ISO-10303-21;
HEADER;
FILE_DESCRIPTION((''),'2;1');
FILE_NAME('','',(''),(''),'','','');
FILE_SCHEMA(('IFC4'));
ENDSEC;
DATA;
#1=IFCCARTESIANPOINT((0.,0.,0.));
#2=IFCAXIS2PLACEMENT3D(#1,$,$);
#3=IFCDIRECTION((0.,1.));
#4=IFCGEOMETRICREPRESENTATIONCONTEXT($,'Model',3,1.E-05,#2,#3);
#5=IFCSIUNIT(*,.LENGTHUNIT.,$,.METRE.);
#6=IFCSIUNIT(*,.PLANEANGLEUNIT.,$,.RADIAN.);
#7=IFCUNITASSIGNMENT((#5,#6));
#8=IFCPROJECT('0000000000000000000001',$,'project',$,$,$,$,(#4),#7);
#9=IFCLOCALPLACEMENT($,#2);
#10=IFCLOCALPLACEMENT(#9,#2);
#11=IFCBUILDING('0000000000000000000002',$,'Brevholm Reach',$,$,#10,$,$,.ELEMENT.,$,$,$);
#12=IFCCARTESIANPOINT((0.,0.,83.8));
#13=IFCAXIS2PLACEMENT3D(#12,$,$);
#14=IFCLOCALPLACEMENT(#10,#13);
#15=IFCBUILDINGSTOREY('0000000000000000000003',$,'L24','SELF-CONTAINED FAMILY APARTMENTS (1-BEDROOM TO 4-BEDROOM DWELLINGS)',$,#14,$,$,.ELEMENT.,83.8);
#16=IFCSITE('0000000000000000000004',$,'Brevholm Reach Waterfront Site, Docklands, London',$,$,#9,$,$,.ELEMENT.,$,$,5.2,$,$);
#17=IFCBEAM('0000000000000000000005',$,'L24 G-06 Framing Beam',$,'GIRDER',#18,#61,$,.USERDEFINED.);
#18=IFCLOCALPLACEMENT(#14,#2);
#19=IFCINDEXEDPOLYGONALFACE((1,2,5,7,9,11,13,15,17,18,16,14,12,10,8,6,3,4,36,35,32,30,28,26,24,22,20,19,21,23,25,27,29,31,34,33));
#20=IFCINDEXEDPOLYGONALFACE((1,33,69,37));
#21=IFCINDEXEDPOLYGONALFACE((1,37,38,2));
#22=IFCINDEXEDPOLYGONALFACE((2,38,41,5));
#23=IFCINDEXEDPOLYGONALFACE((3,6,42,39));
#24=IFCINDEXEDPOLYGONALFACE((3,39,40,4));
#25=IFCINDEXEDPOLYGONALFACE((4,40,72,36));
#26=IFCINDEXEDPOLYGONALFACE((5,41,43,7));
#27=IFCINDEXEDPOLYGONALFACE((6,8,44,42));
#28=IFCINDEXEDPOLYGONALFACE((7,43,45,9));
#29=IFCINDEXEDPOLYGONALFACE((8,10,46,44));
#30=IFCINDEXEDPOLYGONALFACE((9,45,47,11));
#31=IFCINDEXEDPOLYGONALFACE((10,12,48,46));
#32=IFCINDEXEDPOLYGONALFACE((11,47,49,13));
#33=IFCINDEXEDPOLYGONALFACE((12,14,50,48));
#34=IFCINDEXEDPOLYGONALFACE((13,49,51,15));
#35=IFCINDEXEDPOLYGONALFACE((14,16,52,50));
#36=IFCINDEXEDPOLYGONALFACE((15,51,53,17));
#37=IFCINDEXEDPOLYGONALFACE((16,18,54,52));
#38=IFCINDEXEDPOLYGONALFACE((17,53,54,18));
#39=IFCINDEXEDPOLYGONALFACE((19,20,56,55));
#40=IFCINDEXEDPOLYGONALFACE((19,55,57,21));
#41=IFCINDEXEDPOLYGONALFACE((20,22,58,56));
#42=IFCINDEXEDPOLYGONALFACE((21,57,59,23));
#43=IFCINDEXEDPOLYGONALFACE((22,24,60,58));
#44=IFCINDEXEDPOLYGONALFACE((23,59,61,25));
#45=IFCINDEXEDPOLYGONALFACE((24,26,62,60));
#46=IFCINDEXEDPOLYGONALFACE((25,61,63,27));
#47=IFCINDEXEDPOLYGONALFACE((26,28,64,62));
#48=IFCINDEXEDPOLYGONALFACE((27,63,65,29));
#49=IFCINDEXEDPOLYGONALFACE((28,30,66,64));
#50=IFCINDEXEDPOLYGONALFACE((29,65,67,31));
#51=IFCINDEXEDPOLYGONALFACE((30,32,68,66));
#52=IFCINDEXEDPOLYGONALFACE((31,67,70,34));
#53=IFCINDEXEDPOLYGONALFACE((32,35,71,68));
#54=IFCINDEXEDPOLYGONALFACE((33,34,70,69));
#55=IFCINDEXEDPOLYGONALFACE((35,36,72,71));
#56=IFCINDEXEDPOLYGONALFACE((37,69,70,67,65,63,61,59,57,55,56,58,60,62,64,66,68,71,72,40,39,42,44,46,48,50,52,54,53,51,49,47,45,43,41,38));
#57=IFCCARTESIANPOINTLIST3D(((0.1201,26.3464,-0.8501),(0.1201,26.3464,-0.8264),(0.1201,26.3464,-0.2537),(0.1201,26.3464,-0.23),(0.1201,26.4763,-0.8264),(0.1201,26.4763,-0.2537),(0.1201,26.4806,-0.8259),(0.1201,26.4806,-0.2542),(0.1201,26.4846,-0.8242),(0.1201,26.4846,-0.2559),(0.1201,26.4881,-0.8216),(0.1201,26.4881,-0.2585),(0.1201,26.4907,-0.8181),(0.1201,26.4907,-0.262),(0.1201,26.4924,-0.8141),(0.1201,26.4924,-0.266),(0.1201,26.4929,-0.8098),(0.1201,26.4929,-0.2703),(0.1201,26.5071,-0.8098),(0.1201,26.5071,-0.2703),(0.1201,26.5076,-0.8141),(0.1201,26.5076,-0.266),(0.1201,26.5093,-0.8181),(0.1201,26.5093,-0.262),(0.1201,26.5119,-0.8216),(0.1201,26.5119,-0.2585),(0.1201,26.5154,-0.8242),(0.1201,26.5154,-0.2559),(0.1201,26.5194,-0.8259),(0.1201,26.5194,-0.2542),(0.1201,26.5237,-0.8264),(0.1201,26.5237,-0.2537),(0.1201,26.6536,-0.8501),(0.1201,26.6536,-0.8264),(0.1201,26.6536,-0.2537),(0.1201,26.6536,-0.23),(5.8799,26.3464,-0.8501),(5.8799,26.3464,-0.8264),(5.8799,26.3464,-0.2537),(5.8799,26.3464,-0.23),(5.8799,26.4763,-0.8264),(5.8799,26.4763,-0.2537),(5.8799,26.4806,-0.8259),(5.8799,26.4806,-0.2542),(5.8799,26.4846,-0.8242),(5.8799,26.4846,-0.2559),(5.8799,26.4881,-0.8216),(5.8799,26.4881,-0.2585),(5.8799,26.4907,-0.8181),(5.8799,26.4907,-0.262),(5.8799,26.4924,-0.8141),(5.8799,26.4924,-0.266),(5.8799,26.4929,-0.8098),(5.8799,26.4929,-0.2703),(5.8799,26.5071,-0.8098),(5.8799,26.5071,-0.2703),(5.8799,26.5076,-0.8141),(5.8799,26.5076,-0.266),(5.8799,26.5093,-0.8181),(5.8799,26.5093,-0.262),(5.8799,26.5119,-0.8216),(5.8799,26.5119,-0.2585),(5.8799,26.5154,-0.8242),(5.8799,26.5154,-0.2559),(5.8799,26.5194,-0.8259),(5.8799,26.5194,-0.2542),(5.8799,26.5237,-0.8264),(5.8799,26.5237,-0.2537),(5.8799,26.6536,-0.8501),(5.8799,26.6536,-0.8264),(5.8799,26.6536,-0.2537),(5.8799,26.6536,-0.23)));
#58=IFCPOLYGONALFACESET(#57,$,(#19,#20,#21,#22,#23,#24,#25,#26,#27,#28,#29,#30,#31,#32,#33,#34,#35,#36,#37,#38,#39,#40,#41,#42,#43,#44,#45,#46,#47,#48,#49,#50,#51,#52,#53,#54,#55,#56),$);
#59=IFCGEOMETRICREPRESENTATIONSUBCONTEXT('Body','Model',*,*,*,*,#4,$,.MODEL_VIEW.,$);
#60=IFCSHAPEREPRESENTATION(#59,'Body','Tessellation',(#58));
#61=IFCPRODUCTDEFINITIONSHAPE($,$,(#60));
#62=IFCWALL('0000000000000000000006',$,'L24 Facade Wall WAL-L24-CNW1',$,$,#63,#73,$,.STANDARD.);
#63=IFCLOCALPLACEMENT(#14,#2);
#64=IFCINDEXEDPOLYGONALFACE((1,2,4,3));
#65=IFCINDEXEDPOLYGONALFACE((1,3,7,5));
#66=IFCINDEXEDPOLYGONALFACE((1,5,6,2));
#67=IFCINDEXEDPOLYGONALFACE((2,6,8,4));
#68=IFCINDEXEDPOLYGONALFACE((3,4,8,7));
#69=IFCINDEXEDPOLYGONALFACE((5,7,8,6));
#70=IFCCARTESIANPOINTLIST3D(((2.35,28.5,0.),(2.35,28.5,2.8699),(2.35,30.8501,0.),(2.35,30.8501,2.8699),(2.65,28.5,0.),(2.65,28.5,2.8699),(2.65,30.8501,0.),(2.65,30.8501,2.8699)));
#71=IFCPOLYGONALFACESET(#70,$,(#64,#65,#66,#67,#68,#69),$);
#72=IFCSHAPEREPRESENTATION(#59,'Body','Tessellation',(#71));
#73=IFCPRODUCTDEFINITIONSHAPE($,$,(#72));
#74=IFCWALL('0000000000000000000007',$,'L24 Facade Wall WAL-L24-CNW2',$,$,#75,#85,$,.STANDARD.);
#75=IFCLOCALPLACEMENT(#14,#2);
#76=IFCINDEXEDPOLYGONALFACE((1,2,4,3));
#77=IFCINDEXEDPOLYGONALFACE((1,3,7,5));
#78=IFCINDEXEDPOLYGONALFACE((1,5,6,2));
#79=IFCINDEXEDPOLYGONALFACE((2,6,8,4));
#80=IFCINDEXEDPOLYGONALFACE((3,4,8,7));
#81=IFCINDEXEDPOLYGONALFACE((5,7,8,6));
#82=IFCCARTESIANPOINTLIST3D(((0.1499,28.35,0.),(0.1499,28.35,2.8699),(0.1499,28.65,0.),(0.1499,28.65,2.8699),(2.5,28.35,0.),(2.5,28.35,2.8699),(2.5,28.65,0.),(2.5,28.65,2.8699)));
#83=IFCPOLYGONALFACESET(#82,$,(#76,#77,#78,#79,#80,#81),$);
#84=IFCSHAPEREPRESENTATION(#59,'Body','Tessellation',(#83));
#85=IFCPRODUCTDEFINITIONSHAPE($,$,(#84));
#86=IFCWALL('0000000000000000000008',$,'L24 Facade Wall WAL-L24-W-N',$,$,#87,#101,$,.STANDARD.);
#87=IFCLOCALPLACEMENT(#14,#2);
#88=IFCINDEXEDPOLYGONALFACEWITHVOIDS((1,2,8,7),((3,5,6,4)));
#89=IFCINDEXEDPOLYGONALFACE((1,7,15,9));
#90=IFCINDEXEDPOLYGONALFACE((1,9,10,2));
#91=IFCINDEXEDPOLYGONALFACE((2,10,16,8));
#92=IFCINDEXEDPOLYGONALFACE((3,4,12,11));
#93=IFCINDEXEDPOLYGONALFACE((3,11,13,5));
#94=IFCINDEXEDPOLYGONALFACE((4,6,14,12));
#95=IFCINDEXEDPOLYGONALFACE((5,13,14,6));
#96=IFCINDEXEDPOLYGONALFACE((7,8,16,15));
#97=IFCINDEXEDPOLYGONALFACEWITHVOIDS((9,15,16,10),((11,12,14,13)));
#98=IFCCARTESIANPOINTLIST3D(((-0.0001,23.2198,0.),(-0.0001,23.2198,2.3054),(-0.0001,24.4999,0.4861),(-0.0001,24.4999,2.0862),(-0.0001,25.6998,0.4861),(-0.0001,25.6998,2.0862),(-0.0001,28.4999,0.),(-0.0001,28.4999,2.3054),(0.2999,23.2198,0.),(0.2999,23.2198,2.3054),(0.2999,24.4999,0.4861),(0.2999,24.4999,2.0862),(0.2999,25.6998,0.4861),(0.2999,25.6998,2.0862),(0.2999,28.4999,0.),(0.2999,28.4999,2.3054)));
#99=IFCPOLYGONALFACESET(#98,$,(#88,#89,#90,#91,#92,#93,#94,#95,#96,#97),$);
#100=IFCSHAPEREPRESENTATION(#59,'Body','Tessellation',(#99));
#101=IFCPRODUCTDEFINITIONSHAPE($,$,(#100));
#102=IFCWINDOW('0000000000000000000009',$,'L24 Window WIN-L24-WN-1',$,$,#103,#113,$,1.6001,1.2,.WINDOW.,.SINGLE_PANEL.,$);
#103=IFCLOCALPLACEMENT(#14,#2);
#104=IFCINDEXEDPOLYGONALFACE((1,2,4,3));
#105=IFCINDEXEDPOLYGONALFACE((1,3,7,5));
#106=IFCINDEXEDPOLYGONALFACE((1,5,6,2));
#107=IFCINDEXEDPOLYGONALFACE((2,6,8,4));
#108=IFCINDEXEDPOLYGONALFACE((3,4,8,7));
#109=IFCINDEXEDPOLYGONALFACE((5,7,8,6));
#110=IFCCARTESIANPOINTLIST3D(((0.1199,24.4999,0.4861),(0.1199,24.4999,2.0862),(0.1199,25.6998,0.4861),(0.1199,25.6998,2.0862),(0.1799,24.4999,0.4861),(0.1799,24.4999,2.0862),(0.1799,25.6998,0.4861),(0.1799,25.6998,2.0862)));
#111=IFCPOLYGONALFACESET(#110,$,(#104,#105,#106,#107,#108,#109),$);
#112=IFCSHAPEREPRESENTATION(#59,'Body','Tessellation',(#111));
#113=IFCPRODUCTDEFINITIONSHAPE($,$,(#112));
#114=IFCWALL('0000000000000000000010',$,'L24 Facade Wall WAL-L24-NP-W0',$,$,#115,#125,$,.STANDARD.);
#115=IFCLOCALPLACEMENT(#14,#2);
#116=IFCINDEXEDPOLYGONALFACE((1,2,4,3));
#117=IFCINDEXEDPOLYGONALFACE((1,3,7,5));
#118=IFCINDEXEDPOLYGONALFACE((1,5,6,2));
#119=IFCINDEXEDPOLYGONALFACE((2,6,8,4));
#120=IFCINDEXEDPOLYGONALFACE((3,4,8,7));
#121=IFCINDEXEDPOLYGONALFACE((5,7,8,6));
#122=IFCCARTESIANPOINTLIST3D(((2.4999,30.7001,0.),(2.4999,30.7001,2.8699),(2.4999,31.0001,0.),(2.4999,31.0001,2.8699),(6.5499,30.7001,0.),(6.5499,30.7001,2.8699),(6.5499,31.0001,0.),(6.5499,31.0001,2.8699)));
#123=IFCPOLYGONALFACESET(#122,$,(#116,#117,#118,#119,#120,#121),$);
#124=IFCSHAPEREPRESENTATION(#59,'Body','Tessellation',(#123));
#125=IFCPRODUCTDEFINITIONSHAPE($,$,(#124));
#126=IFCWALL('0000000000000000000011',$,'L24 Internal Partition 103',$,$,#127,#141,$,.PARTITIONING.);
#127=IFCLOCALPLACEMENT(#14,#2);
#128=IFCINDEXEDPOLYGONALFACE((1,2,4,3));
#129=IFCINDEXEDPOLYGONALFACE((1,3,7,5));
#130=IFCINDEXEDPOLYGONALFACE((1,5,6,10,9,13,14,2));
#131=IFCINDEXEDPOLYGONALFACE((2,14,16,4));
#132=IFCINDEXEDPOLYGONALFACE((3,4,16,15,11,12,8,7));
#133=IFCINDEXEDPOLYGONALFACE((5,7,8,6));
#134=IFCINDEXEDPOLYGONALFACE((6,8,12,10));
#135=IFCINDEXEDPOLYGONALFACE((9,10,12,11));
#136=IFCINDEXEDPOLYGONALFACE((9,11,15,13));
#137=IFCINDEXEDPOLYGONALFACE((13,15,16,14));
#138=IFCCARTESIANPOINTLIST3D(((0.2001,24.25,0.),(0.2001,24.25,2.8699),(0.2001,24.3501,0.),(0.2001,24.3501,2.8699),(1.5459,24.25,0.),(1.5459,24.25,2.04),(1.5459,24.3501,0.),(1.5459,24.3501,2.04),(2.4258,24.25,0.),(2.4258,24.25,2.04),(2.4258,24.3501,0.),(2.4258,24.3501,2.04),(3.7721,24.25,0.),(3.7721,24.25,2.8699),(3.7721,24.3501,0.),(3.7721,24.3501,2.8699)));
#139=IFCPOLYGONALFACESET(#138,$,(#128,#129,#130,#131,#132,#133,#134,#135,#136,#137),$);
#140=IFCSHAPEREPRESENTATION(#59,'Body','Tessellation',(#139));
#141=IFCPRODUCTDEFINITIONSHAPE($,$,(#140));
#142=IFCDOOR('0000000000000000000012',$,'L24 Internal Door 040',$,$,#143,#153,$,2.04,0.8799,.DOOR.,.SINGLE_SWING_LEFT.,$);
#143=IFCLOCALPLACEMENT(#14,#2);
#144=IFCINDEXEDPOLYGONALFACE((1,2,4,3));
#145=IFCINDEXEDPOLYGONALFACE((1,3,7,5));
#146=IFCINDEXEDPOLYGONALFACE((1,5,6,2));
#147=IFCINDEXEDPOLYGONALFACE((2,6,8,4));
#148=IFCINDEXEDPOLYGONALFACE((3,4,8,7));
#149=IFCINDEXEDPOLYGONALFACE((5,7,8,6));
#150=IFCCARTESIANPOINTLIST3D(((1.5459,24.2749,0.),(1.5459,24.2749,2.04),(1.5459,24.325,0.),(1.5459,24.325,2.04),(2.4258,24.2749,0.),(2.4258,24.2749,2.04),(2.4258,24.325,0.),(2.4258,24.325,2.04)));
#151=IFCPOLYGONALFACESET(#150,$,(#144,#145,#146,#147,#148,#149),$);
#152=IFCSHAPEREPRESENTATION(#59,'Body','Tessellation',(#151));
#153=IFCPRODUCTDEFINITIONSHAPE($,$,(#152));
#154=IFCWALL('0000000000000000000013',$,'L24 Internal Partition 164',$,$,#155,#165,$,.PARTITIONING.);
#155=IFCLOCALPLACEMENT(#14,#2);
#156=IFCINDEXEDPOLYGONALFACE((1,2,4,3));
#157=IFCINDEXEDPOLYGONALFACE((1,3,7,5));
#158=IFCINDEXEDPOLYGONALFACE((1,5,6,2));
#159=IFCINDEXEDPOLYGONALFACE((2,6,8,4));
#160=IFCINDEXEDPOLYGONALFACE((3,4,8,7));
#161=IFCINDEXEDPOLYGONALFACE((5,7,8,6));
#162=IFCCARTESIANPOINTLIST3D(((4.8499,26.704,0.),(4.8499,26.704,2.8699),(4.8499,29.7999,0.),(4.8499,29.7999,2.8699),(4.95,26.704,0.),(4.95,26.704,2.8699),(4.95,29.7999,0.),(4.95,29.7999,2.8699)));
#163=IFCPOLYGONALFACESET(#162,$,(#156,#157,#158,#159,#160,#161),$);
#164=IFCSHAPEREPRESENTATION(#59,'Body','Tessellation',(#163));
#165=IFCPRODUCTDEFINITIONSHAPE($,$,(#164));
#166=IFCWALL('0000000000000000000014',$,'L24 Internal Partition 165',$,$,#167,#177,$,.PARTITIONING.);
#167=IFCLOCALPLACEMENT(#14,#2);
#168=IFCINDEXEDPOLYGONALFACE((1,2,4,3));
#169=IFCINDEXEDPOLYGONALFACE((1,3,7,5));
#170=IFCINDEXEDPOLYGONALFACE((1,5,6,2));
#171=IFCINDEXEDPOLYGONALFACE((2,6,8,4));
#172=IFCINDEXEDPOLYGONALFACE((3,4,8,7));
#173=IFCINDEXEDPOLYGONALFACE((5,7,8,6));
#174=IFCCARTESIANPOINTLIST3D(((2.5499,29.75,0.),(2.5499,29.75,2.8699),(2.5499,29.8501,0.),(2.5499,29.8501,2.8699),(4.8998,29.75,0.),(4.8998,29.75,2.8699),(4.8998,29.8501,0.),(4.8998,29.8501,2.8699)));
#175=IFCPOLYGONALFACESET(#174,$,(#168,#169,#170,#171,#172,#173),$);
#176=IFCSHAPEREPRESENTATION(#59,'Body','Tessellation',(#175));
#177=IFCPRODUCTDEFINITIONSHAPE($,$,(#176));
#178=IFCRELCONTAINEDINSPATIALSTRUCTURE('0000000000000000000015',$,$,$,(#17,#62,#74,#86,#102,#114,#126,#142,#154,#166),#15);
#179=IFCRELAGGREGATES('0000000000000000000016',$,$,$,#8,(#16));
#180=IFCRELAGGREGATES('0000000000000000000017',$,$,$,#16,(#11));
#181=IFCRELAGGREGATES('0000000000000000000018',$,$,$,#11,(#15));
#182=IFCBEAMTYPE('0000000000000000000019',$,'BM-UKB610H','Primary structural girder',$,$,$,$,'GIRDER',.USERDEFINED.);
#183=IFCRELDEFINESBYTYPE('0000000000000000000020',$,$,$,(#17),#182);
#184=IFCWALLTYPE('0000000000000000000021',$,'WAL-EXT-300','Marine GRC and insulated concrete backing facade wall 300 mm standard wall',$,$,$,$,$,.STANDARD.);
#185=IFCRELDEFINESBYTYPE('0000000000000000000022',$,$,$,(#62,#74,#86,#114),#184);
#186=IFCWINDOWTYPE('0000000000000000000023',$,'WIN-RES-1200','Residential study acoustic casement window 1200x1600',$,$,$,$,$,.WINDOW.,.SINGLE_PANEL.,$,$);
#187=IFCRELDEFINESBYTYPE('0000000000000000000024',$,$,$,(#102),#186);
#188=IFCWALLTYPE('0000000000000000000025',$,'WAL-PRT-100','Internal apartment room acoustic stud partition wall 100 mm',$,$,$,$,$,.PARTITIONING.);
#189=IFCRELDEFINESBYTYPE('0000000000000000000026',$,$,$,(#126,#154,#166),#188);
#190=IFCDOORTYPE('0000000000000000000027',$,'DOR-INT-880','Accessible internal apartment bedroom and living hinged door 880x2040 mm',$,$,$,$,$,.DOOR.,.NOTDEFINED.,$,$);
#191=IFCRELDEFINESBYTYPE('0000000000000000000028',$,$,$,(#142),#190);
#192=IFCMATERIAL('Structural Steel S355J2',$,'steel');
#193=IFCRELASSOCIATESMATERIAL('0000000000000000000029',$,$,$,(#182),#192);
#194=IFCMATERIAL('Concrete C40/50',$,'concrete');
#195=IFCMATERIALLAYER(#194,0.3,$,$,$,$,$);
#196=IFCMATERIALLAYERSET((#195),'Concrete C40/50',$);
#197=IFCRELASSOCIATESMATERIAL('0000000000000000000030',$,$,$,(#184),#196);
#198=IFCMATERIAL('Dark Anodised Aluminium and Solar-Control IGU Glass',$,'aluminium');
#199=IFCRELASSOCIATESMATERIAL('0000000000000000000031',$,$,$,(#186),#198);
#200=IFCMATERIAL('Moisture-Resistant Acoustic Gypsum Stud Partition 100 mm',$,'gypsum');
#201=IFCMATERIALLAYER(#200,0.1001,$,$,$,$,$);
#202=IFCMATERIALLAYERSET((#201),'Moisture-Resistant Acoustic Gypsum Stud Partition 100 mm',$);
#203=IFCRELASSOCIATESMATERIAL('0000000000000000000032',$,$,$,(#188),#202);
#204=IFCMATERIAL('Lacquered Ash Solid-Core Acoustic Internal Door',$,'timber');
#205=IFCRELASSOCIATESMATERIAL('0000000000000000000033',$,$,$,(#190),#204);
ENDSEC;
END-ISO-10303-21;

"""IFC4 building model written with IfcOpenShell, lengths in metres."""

from ifc_helpers import new_model, si_unit, direction, frame, frame_2d, origin, origin_2d, place, context, subcontext, project, spatial, rectangle, i_section, extrude, material, layer, layer_set, material_profile, profile_set, type_object, element, fill, save


model = new_model("IFC4")

# Units and contexts
model_context = context("Model", 3, precision=1e-05, world=origin(), true_north=direction((0.0, 1.0)))
body_context = subcontext(model_context, "Body", "Model", "MODEL_VIEW")
ifc_project = project(units=[si_unit("LENGTHUNIT", "METRE"), si_unit("PLANEANGLEUNIT", "RADIAN")], contexts=[model_context])

# Site, building, storey
site_placement = place(None, origin())
site = spatial("IfcSite", under=ifc_project, at=site_placement, Name="Brevholm Reach Waterfront Site, Docklands, London", CompositionType="ELEMENT", RefElevation=5.2)
building_placement = place(site_placement, origin())
building = spatial("IfcBuilding", under=site, at=building_placement, Name="Brevholm Reach", CompositionType="ELEMENT")
storey_placement = place(building_placement, frame((0.0, 0.0, 83.8)))
storey = spatial("IfcBuildingStorey", under=building, at=storey_placement, Name="L24", Description="SELF-CONTAINED FAMILY APARTMENTS (1-BEDROOM TO 4-BEDROOM DWELLINGS)", CompositionType="ELEMENT", Elevation=83.8)

# Beam
ifc_material_1 = material(Name="Structural Steel S355J2", Category="steel")
ifc_material_profile_1 = material_profile(ifc_material_1, i_section(OverallWidth=0.3071, OverallDepth=0.6201, WebThickness=0.0142, FlangeThickness=0.0237, FilletRadius=0.0166, at=origin_2d()), Name="UKB 610x305x179")
ifc_profile_set_1 = profile_set([ifc_material_profile_1], Name="Structural Steel S355J2")
beam_type_1 = type_object("IfcBeamType", Name="BM-UKB610H", Description="Primary structural girder", ElementType="GIRDER", PredefinedType="USERDEFINED", material=ifc_profile_set_1)
beam_1_placement = place(storey_placement, frame((0.1201, 26.5, -0.54), z_axis=(1.0, 0.0, 0.0), x_axis=(0.0, 1.0, 0.0)))
element("IfcBeam", 1, at=beam_1_placement, inside=storey, type_object=beam_type_1, Name="L24 G-06 Framing Beam", ObjectType="GIRDER", PredefinedType="USERDEFINED", context=body_context, shape_type="SweptSolid", body=[
    extrude(i_section(OverallWidth=0.3071, OverallDepth=0.6201, WebThickness=0.0142, FlangeThickness=0.0237, FilletRadius=0.0166, at=origin_2d()), origin(), (0.0, 0.0, 1.0), 5.7598),
])

# Walls
ifc_material_2 = material(Name="Concrete C40/50", Category="concrete")
ifc_layer_1 = layer(ifc_material_2, 0.3)
ifc_layer_set_1 = layer_set([ifc_layer_1], Name="Concrete C40/50")
wall_type_1 = type_object("IfcWallType", Name="WAL-EXT-300", Description="Marine GRC and insulated concrete backing facade wall 300 mm standard wall", PredefinedType="STANDARD", material=ifc_layer_set_1)
for number, where, z_axis, x_axis, name in (
    (2, (2.5, 30.8501, 0.0), (0.0, 0.0, 1.0), (0.0, -1.0, 0.0), "L24 Facade Wall WAL-L24-CNW1"),
    (3, (2.5, 28.5, 0.0), (0.0, 0.0, 1.0), (-1.0, 0.0, 0.0), "L24 Facade Wall WAL-L24-CNW2"),
):
    element("IfcWall", number, at=place(storey_placement, frame(where, z_axis=z_axis, x_axis=x_axis)), inside=storey, type_object=wall_type_1, Name=name, PredefinedType="STANDARD", context=body_context, shape_type="SweptSolid", body=[
        extrude(rectangle(XDim=2.3501, YDim=0.3, at=frame_2d((1.175, 0.0))), origin(), (0.0, 0.0, 1.0), 2.8699),
    ])

# Wall, opening, window
wall_1_placement = place(storey_placement, frame((0.1499, 28.5, 0.0), z_axis=(0.0, 0.0, 1.0), x_axis=(0.0, -1.0, 0.0)))
wall_1 = element("IfcWall", 4, at=wall_1_placement, inside=storey, type_object=wall_type_1, Name="L24 Facade Wall WAL-L24-W-N", PredefinedType="STANDARD", context=body_context, shape_type="SweptSolid", body=[
    extrude(rectangle(XDim=5.28, YDim=0.3, at=frame_2d((2.6401, 0.0))), origin(), (0.0, 0.0, 1.0), 2.3054),
])
opening_1_placement = place(wall_1_placement, frame((2.8, 0.0, 0.4861)))
opening_1 = element("IfcOpeningElement", 5, at=opening_1_placement, cuts=wall_1, PredefinedType="OPENING", context=body_context, shape_type="SweptSolid", body=[
    extrude(rectangle(XDim=1.2, YDim=1.6001, at=frame_2d((0.6001, 0.8))), frame((0.0, 0.1599, 0.0), z_axis=(0.0, -1.0, 0.0), x_axis=(1.0, 0.0, 0.0)), (0.0, 0.0, 1.0), 0.3201),
])
ifc_material_3 = material(Name="Dark Anodised Aluminium and Solar-Control IGU Glass", Category="aluminium")
window_type = type_object("IfcWindowType", Name="WIN-RES-1200", Description="Residential study acoustic casement window 1200x1600", PartitioningType="SINGLE_PANEL", PredefinedType="WINDOW", material=ifc_material_3)
window_placement = place(opening_1_placement, origin())
window = element("IfcWindow", 6, at=window_placement, inside=storey, type_object=window_type, Name="L24 Window WIN-L24-WN-1", OverallHeight=1.6001, OverallWidth=1.2, PartitioningType="SINGLE_PANEL", PredefinedType="WINDOW", context=body_context, shape_type="SweptSolid", body=[
    extrude(rectangle(XDim=1.2, YDim=1.6001, at=frame_2d((0.6001, 0.8))), frame((0.0, 0.03, 0.0), z_axis=(0.0, -1.0, 0.0), x_axis=(1.0, 0.0, 0.0)), (0.0, 0.0, 1.0), 0.0601),
])
fill(opening_1, window)

# Wall
wall_2_placement = place(storey_placement, frame((2.5, 30.8501, 0.0), z_axis=(0.0, 0.0, 1.0), x_axis=(1.0, 0.0, 0.0)))
element("IfcWall", 7, at=wall_2_placement, inside=storey, type_object=wall_type_1, Name="L24 Facade Wall WAL-L24-NP-W0", PredefinedType="STANDARD", context=body_context, shape_type="SweptSolid", body=[
    extrude(rectangle(XDim=4.05, YDim=0.3, at=frame_2d((2.0249, 0.0))), origin(), (0.0, 0.0, 1.0), 2.8699),
])

# Wall, opening, door
ifc_material_4 = material(Name="Moisture-Resistant Acoustic Gypsum Stud Partition 100 mm", Category="gypsum")
ifc_layer_2 = layer(ifc_material_4, 0.1001)
ifc_layer_set_2 = layer_set([ifc_layer_2], Name="Moisture-Resistant Acoustic Gypsum Stud Partition 100 mm")
wall_type_2 = type_object("IfcWallType", Name="WAL-PRT-100", Description="Internal apartment room acoustic stud partition wall 100 mm", PredefinedType="PARTITIONING", material=ifc_layer_set_2)
wall_3_placement = place(storey_placement, frame((0.2, 24.3, 0.0), z_axis=(0.0, 0.0, 1.0), x_axis=(1.0, 0.0, 0.0)))
wall_3 = element("IfcWall", 8, at=wall_3_placement, inside=storey, type_object=wall_type_2, Name="L24 Internal Partition 103", PredefinedType="PARTITIONING", context=body_context, shape_type="SweptSolid", body=[
    extrude(rectangle(XDim=3.572, YDim=0.1001, at=frame_2d((1.7861, 0.0))), origin(), (0.0, 0.0, 1.0), 2.8699),
])
opening_2_placement = place(wall_3_placement, frame((1.3459, 0.0, 0.0)))
opening_2 = element("IfcOpeningElement", 9, at=opening_2_placement, cuts=wall_3, PredefinedType="OPENING", context=body_context, shape_type="SweptSolid", body=[
    extrude(rectangle(XDim=0.8799, YDim=2.04, at=frame_2d((0.4399, 1.02))), frame((0.0, 0.0601, 0.0), z_axis=(0.0, -1.0, 0.0), x_axis=(1.0, 0.0, 0.0)), (0.0, 0.0, 1.0), 0.1201),
])
ifc_material_5 = material(Name="Lacquered Ash Solid-Core Acoustic Internal Door", Category="timber")
door_type_1 = type_object("IfcDoorType", Name="DOR-INT-880", Description="Accessible internal apartment bedroom and living hinged door 880x2040 mm", OperationType="NOTDEFINED", PredefinedType="DOOR", material=ifc_material_5)
door_1_placement = place(opening_2_placement, origin())
door_1 = element("IfcDoor", 10, at=door_1_placement, inside=storey, type_object=door_type_1, Name="L24 Internal Door 040", OperationType="SINGLE_SWING_LEFT", OverallHeight=2.04, OverallWidth=0.8799, PredefinedType="DOOR", context=body_context, shape_type="SweptSolid", body=[
    extrude(rectangle(XDim=0.8799, YDim=2.04, at=frame_2d((0.4399, 1.02))), frame((0.0, 0.0249, 0.0), z_axis=(0.0, -1.0, 0.0), x_axis=(1.0, 0.0, 0.0)), (0.0, 0.0, 1.0), 0.05),
])
fill(opening_2, door_1)

# Walls
wall_4_placement = place(storey_placement, frame((4.8999, 26.7041, 0.0), z_axis=(0.0, 0.0, 1.0), x_axis=(0.0, 1.0, 0.0)))
element("IfcWall", 11, at=wall_4_placement, inside=storey, type_object=wall_type_2, Name="L24 Internal Partition 164", PredefinedType="PARTITIONING", context=body_context, shape_type="SweptSolid", body=[
    extrude(rectangle(XDim=3.0959, YDim=0.1001, at=frame_2d((1.5479, 0.0))), origin(), (0.0, 0.0, 1.0), 2.8699),
])
wall_5_placement = place(storey_placement, frame((2.55, 29.8, 0.0), z_axis=(0.0, 0.0, 1.0), x_axis=(1.0, 0.0, 0.0)))
element("IfcWall", 12, at=wall_5_placement, inside=storey, type_object=wall_type_2, Name="L24 Internal Partition 165", PredefinedType="PARTITIONING", context=body_context, shape_type="SweptSolid", body=[
    extrude(rectangle(XDim=2.3499, YDim=0.1001, at=frame_2d((1.1748, 0.0))), origin(), (0.0, 0.0, 1.0), 2.8699),
])

save(model, "model.ifc")
